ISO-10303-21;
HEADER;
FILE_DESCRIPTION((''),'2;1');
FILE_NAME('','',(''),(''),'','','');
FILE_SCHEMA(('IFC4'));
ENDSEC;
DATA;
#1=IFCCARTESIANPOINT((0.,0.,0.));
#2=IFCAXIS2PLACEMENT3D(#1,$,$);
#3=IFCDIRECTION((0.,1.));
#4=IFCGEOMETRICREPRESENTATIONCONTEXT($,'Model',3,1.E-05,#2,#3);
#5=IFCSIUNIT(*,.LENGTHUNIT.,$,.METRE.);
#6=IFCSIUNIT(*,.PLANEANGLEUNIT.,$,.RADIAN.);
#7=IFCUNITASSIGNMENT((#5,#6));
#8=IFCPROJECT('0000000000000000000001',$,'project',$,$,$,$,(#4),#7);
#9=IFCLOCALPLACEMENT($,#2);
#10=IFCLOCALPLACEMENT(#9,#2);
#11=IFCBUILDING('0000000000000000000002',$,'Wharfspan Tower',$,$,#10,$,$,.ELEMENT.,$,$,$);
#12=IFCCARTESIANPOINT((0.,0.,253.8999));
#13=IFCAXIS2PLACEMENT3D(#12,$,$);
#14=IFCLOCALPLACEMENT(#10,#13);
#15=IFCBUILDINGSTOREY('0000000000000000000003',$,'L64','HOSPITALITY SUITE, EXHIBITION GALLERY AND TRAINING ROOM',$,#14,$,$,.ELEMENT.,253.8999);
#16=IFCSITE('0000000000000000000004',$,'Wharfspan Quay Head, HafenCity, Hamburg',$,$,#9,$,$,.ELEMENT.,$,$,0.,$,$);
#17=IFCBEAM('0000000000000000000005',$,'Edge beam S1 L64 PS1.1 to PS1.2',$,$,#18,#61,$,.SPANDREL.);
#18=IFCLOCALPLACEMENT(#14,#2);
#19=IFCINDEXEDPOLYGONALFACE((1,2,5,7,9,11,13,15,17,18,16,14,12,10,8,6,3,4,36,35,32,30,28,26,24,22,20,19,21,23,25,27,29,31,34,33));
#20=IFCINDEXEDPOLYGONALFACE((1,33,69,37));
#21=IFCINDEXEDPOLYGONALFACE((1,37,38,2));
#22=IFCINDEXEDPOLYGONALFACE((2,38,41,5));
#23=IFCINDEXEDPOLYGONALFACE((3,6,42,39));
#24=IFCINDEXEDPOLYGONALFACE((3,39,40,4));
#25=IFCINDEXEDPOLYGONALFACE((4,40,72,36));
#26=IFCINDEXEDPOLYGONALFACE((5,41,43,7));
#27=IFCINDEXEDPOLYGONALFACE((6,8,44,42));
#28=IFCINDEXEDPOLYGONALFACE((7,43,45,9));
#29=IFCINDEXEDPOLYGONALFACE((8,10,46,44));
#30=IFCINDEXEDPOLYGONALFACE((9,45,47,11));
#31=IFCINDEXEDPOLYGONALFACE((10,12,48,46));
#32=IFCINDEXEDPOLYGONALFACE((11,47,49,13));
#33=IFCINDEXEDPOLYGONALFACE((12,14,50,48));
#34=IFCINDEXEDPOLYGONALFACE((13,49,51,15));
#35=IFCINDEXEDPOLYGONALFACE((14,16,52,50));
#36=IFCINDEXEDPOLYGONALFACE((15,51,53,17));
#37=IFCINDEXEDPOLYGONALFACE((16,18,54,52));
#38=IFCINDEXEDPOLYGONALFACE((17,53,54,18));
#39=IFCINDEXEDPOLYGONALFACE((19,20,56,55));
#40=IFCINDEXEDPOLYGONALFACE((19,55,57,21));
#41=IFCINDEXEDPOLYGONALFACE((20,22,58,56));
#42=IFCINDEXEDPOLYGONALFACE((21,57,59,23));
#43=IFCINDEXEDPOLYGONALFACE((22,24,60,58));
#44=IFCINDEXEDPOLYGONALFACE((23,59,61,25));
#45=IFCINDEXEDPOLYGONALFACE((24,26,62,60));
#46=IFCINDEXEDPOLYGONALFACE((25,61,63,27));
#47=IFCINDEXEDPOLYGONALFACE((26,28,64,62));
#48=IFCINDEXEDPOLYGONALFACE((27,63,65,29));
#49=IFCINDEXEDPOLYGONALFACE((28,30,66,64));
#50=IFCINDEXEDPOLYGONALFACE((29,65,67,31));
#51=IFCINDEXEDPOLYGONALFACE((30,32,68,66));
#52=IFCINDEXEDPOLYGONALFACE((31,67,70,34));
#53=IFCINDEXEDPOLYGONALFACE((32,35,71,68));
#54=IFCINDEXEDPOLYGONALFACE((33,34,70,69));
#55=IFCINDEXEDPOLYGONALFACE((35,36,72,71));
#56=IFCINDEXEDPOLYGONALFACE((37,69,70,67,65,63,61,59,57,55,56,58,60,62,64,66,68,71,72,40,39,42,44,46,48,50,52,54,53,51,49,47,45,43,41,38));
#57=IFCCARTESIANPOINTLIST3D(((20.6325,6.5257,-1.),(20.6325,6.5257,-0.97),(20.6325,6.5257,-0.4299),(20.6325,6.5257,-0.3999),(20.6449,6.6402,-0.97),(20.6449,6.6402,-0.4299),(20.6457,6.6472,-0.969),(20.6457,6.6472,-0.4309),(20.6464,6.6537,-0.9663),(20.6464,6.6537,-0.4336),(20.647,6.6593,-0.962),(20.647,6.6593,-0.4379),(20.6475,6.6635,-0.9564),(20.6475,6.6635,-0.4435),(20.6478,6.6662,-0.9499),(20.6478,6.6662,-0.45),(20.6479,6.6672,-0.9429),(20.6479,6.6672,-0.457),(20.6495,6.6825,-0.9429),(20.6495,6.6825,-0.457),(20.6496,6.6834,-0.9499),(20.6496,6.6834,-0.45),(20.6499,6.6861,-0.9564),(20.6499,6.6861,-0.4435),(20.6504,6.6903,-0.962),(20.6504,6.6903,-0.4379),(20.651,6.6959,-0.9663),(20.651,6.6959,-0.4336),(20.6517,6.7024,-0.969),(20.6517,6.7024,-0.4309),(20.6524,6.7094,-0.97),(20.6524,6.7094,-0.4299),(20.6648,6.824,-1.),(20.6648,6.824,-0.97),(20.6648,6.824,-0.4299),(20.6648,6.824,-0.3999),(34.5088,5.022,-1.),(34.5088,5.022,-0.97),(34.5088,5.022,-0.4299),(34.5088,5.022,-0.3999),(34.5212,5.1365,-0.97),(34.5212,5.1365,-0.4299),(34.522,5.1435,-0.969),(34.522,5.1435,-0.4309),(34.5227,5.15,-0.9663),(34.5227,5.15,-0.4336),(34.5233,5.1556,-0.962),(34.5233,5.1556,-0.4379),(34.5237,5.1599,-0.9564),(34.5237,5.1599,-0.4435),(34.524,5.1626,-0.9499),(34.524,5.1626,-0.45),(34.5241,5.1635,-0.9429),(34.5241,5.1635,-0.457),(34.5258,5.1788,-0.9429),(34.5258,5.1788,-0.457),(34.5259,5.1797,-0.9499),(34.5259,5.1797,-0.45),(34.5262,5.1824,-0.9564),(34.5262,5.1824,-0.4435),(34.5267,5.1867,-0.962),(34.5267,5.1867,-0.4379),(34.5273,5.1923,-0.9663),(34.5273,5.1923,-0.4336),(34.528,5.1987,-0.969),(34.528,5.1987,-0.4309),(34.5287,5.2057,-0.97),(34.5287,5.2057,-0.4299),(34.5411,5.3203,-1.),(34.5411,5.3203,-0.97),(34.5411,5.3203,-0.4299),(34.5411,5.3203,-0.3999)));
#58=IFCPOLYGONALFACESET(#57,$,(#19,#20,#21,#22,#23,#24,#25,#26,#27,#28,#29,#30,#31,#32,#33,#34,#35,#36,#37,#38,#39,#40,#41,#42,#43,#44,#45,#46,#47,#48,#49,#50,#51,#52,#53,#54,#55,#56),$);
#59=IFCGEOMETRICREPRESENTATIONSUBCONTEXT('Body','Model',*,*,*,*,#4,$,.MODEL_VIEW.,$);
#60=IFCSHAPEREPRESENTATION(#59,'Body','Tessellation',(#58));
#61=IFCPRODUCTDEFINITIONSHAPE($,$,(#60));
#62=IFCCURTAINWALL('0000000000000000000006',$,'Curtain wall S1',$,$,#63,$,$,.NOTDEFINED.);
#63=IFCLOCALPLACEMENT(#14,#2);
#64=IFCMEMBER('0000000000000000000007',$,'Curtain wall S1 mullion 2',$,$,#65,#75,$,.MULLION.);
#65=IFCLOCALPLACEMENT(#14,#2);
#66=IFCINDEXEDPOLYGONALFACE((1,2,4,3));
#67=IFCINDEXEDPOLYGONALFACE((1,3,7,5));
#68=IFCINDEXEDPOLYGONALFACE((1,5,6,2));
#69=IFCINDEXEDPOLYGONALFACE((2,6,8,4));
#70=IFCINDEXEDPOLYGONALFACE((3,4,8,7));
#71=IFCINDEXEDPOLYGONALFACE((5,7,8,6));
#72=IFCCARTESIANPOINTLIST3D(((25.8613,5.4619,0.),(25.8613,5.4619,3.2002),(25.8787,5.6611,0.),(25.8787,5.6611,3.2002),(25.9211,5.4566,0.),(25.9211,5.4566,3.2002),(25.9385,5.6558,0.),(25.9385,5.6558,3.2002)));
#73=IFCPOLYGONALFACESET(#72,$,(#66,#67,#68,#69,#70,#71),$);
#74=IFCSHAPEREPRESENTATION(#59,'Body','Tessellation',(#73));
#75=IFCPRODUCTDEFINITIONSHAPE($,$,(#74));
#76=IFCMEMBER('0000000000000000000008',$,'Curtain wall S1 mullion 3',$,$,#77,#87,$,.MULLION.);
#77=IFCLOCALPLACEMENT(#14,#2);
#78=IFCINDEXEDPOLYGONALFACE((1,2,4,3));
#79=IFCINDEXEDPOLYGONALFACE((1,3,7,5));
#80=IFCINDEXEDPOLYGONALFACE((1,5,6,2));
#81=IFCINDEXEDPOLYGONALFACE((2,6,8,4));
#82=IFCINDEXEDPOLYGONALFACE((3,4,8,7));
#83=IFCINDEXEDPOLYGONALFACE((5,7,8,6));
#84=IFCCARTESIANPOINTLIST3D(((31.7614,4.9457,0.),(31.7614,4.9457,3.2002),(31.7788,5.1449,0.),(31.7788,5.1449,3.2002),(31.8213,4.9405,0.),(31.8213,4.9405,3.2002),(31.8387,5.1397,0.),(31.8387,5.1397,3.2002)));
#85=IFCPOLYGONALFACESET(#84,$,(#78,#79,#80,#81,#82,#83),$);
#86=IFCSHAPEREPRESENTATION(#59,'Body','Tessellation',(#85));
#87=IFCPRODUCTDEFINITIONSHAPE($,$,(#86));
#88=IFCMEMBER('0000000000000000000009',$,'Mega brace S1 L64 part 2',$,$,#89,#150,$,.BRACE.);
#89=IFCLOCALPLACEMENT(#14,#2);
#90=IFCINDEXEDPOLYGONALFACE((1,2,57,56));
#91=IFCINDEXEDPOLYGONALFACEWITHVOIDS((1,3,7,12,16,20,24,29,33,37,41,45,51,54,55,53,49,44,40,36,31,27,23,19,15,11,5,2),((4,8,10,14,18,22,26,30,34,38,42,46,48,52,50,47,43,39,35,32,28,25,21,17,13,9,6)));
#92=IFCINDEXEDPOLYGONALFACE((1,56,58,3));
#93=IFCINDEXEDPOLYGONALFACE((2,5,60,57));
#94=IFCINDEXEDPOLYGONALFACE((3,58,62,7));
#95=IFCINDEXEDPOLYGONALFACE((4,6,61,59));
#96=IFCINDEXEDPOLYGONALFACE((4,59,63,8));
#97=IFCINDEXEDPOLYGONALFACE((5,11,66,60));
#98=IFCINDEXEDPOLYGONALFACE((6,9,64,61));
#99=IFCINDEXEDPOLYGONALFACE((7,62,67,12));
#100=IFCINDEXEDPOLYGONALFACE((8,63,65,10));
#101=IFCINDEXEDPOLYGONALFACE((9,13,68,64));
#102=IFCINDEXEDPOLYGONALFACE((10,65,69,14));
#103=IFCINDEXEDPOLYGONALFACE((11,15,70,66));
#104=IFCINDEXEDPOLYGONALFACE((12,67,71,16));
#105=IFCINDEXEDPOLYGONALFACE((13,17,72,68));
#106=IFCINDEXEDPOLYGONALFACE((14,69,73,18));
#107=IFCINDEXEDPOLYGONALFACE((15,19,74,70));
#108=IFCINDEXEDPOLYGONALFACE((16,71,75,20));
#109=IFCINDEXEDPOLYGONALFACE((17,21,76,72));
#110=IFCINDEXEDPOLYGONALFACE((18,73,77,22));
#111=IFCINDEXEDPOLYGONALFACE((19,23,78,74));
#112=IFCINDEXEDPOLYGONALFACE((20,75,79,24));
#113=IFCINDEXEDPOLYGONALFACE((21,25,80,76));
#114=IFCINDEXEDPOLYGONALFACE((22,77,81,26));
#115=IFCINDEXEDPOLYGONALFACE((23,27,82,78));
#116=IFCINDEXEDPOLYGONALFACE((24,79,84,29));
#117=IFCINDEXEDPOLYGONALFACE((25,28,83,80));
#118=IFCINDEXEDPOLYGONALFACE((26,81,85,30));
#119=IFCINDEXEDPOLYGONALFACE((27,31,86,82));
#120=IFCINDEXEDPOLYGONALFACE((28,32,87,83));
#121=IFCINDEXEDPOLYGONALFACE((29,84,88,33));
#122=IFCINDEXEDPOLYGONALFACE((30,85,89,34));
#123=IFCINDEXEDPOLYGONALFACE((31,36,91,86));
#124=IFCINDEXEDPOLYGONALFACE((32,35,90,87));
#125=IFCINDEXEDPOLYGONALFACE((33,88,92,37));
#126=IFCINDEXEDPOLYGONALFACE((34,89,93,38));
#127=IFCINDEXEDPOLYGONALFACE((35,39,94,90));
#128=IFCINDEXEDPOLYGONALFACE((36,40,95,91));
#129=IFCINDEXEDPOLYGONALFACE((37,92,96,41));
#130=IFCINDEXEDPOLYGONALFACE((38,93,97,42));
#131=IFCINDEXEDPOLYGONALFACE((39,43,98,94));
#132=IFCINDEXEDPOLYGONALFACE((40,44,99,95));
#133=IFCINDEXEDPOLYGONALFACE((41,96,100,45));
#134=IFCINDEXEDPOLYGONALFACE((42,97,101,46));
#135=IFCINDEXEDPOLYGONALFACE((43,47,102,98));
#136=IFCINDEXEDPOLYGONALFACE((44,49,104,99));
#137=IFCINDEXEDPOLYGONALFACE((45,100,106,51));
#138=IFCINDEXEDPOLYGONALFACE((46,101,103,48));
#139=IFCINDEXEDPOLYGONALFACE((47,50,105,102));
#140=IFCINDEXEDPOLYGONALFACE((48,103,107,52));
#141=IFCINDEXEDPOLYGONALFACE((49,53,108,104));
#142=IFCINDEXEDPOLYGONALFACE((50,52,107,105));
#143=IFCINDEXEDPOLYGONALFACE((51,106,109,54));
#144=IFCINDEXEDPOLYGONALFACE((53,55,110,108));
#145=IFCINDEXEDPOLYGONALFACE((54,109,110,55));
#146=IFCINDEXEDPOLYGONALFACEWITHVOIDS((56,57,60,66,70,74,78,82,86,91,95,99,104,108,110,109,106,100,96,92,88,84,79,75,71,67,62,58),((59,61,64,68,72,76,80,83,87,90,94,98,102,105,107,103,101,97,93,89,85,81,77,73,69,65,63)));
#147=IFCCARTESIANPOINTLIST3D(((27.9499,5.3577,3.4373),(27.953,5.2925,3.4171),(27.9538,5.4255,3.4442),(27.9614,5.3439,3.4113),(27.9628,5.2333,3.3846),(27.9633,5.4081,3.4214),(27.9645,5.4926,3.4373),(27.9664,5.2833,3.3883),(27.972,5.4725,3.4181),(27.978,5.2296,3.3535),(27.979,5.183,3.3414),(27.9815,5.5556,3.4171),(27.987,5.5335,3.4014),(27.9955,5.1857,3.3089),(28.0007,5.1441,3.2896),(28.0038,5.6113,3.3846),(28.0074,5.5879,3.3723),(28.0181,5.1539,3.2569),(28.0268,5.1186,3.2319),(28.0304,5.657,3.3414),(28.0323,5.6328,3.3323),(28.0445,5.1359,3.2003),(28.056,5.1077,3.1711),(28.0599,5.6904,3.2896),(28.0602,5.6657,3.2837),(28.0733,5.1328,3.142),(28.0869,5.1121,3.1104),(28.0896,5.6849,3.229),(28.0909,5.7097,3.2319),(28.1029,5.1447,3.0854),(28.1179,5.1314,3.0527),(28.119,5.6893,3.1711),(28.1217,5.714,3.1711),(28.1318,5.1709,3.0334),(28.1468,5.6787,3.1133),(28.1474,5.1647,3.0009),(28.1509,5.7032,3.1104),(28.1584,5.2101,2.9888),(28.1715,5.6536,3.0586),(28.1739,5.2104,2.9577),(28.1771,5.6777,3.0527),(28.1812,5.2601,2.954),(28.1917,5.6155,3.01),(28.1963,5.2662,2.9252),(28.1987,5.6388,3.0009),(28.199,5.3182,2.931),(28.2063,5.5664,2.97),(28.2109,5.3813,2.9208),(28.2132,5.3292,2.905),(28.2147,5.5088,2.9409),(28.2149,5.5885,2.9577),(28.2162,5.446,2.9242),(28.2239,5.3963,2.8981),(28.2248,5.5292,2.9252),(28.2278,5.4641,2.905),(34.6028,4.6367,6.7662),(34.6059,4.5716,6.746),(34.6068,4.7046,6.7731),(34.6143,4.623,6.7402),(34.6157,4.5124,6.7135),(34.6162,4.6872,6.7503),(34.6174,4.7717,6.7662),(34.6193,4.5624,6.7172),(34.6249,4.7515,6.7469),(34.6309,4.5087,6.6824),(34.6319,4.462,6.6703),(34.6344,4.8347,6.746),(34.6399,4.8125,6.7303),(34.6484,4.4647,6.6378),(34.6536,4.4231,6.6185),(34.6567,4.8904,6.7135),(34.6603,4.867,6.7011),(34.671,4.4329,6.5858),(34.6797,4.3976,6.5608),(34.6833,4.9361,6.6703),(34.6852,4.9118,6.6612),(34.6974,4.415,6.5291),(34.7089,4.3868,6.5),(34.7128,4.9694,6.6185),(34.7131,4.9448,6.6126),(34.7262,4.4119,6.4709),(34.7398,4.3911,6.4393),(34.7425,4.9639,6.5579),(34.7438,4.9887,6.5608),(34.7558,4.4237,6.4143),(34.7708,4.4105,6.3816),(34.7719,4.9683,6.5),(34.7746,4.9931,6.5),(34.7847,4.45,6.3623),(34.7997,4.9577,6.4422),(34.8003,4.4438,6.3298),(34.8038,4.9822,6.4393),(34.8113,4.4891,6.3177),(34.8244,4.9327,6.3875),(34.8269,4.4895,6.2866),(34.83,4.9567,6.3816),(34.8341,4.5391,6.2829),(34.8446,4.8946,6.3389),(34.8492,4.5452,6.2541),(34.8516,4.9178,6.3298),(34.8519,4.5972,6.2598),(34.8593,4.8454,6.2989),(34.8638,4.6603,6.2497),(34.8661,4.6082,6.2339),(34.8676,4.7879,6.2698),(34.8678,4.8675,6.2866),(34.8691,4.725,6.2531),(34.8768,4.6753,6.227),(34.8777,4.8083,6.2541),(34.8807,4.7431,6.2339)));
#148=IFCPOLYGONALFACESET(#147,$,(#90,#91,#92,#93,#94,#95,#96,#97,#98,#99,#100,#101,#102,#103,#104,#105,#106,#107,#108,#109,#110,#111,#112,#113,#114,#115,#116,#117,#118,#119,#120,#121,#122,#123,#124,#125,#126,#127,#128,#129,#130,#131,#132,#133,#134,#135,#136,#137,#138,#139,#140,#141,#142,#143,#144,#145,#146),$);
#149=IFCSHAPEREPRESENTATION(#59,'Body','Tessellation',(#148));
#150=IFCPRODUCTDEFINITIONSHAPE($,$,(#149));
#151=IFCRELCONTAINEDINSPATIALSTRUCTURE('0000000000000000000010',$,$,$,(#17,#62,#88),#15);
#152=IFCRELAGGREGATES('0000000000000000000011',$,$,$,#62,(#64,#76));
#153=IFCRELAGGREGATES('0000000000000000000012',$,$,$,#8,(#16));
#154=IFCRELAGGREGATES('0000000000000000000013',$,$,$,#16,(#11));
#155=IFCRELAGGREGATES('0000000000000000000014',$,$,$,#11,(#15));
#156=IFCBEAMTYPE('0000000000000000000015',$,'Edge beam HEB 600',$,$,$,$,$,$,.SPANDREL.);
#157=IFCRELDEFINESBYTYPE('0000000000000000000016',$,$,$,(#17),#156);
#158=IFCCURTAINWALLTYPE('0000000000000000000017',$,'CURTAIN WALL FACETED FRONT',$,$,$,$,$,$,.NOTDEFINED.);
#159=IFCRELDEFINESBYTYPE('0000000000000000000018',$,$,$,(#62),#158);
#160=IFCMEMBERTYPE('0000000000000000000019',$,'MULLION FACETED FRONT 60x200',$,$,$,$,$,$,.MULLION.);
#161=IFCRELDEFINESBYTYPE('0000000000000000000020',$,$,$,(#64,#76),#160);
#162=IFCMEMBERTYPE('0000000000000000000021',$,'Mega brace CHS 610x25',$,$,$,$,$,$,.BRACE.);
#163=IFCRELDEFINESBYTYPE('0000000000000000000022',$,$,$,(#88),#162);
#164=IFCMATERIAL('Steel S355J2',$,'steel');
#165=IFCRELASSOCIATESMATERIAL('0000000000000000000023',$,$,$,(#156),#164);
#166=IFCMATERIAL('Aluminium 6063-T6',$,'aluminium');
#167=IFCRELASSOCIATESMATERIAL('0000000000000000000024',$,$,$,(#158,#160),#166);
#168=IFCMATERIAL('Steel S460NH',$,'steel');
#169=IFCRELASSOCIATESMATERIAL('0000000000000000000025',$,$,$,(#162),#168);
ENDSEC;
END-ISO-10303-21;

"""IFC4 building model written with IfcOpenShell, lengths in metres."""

from ifc_helpers import new_model, si_unit, direction, frame, origin, origin_2d, place, context, subcontext, project, spatial, rectangle, hollow_circle, i_section, extrude, material, material_profile, profile_set, type_object, element, aggregate, save


model = new_model("IFC4")

# Units and contexts
model_context = context("Model", 3, precision=1e-05, world=origin(), true_north=direction((0.0, 1.0)))
body_context = subcontext(model_context, "Body", "Model", "MODEL_VIEW")
ifc_project = project(units=[si_unit("LENGTHUNIT", "METRE"), si_unit("PLANEANGLEUNIT", "RADIAN")], contexts=[model_context])

# Site, building, storey
site_placement = place(None, origin())
site = spatial("IfcSite", under=ifc_project, at=site_placement, Name="Wharfspan Quay Head, HafenCity, Hamburg", CompositionType="ELEMENT", RefElevation=0.0)
building_placement = place(site_placement, origin())
building = spatial("IfcBuilding", under=site, at=building_placement, Name="Wharfspan Tower", CompositionType="ELEMENT")
storey_placement = place(building_placement, frame((0.0, 0.0, 253.8999)))
storey = spatial("IfcBuildingStorey", under=building, at=storey_placement, Name="L64", Description="HOSPITALITY SUITE, EXHIBITION GALLERY AND TRAINING ROOM", CompositionType="ELEMENT", Elevation=253.8999)

# Shared definitions
ifc_material_1 = material(Name="Steel S355J2", Category="steel")

# Shared definitions
ifc_material_2 = material(Name="Steel S460NH", Category="steel")

# Beam
ifc_material_profile_1 = material_profile(ifc_material_1, i_section(OverallWidth=0.3, OverallDepth=0.6001, WebThickness=0.0154, FlangeThickness=0.03, FilletRadius=0.0271, at=origin_2d()))
ifc_profile_set_1 = profile_set([ifc_material_profile_1], Name="Steel S355J2")
beam_type = type_object("IfcBeamType", Name="Edge beam HEB 600", PredefinedType="SPANDREL", material=ifc_profile_set_1)
beam_placement = place(storey_placement, frame((20.6487, 6.6748, -0.7), z_axis=(0.99418, -0.107732, 0.0), x_axis=(0.107732, 0.99418, 0.0)))
element("IfcBeam", 1, at=beam_placement, inside=storey, type_object=beam_type, Name="Edge beam S1 L64 PS1.1 to PS1.2", PredefinedType="SPANDREL", context=body_context, shape_type="SweptSolid", body=[
    extrude(i_section(OverallWidth=0.3, OverallDepth=0.6001, WebThickness=0.0154, FlangeThickness=0.03, FilletRadius=0.0271, at=origin_2d()), origin(), (0.0, 0.0, 1.0), 13.9575),
])

# Curtain wall, members
ifc_material_3 = material(Name="Aluminium 6063-T6", Category="aluminium")
curtain_wall_type_1 = type_object("IfcCurtainWallType", Name="CURTAIN WALL FACETED FRONT", PredefinedType="NOTDEFINED", material=ifc_material_3)
curtain_wall_1_placement = place(storey_placement, origin())
curtain_wall_1 = element("IfcCurtainWall", 2, at=curtain_wall_1_placement, inside=storey, type_object=curtain_wall_type_1, Name="Curtain wall S1", PredefinedType="NOTDEFINED")
ifc_material_profile_2 = material_profile(ifc_material_3, rectangle(XDim=0.2, YDim=0.0601, at=origin_2d()))
ifc_profile_set_2 = profile_set([ifc_material_profile_2], Name="Aluminium 6063-T6")
member_type_1 = type_object("IfcMemberType", Name="MULLION FACETED FRONT 60x200", PredefinedType="MULLION", material=ifc_profile_set_2)
member_1_placement = place(storey_placement, frame((25.8999, 5.5588, 0.0), z_axis=(0.0, 0.0, 1.0), x_axis=(0.087156, 0.996197, 0.0)))
member_1 = element("IfcMember", 3, at=member_1_placement, type_object=member_type_1, Name="Curtain wall S1 mullion 2", PredefinedType="MULLION", context=body_context, shape_type="SweptSolid", body=[
    extrude(rectangle(XDim=0.2, YDim=0.0601, at=origin_2d()), origin(), (0.0, 0.0, 1.0), 3.2002),
])
member_2_placement = place(storey_placement, frame((31.8, 5.0427, 0.0), z_axis=(0.0, 0.0, 1.0), x_axis=(0.087156, 0.996197, 0.0)))
member_2 = element("IfcMember", 4, at=member_2_placement, type_object=member_type_1, Name="Curtain wall S1 mullion 3", PredefinedType="MULLION", context=body_context, shape_type="SweptSolid", body=[
    extrude(rectangle(XDim=0.2, YDim=0.0601, at=origin_2d()), origin(), (0.0, 0.0, 1.0), 3.2002),
])

# Member
ifc_material_profile_3 = material_profile(ifc_material_2, hollow_circle(Radius=0.3049, WallThickness=0.0249, at=origin_2d()))
ifc_profile_set_3 = profile_set([ifc_material_profile_3], Name="Steel S460NH")
member_type_2 = type_object("IfcMemberType", Name="Mega brace CHS 610x25", PredefinedType="BRACE", material=ifc_profile_set_3)
for number, where, z_axis, x_axis, name in (
    (5, (28.0889, 5.4109, 3.1711), (0.890126, -0.09646, 0.445389), (0.107737, 0.99418, -0.000002), "Mega brace S1 L64 part 2"),
):
    element("IfcMember", number, at=place(storey_placement, frame(where, z_axis=z_axis, x_axis=x_axis)), inside=storey, type_object=member_type_2, Name=name, PredefinedType="BRACE", context=body_context, shape_type="SweptSolid", body=[
        extrude(hollow_circle(Radius=0.3049, WallThickness=0.0249, at=origin_2d()), origin(), (0.0, 0.0, 1.0), 7.4741),
    ])

aggregate(curtain_wall_1, [member_1, member_2])

save(model, "model.ifc")
